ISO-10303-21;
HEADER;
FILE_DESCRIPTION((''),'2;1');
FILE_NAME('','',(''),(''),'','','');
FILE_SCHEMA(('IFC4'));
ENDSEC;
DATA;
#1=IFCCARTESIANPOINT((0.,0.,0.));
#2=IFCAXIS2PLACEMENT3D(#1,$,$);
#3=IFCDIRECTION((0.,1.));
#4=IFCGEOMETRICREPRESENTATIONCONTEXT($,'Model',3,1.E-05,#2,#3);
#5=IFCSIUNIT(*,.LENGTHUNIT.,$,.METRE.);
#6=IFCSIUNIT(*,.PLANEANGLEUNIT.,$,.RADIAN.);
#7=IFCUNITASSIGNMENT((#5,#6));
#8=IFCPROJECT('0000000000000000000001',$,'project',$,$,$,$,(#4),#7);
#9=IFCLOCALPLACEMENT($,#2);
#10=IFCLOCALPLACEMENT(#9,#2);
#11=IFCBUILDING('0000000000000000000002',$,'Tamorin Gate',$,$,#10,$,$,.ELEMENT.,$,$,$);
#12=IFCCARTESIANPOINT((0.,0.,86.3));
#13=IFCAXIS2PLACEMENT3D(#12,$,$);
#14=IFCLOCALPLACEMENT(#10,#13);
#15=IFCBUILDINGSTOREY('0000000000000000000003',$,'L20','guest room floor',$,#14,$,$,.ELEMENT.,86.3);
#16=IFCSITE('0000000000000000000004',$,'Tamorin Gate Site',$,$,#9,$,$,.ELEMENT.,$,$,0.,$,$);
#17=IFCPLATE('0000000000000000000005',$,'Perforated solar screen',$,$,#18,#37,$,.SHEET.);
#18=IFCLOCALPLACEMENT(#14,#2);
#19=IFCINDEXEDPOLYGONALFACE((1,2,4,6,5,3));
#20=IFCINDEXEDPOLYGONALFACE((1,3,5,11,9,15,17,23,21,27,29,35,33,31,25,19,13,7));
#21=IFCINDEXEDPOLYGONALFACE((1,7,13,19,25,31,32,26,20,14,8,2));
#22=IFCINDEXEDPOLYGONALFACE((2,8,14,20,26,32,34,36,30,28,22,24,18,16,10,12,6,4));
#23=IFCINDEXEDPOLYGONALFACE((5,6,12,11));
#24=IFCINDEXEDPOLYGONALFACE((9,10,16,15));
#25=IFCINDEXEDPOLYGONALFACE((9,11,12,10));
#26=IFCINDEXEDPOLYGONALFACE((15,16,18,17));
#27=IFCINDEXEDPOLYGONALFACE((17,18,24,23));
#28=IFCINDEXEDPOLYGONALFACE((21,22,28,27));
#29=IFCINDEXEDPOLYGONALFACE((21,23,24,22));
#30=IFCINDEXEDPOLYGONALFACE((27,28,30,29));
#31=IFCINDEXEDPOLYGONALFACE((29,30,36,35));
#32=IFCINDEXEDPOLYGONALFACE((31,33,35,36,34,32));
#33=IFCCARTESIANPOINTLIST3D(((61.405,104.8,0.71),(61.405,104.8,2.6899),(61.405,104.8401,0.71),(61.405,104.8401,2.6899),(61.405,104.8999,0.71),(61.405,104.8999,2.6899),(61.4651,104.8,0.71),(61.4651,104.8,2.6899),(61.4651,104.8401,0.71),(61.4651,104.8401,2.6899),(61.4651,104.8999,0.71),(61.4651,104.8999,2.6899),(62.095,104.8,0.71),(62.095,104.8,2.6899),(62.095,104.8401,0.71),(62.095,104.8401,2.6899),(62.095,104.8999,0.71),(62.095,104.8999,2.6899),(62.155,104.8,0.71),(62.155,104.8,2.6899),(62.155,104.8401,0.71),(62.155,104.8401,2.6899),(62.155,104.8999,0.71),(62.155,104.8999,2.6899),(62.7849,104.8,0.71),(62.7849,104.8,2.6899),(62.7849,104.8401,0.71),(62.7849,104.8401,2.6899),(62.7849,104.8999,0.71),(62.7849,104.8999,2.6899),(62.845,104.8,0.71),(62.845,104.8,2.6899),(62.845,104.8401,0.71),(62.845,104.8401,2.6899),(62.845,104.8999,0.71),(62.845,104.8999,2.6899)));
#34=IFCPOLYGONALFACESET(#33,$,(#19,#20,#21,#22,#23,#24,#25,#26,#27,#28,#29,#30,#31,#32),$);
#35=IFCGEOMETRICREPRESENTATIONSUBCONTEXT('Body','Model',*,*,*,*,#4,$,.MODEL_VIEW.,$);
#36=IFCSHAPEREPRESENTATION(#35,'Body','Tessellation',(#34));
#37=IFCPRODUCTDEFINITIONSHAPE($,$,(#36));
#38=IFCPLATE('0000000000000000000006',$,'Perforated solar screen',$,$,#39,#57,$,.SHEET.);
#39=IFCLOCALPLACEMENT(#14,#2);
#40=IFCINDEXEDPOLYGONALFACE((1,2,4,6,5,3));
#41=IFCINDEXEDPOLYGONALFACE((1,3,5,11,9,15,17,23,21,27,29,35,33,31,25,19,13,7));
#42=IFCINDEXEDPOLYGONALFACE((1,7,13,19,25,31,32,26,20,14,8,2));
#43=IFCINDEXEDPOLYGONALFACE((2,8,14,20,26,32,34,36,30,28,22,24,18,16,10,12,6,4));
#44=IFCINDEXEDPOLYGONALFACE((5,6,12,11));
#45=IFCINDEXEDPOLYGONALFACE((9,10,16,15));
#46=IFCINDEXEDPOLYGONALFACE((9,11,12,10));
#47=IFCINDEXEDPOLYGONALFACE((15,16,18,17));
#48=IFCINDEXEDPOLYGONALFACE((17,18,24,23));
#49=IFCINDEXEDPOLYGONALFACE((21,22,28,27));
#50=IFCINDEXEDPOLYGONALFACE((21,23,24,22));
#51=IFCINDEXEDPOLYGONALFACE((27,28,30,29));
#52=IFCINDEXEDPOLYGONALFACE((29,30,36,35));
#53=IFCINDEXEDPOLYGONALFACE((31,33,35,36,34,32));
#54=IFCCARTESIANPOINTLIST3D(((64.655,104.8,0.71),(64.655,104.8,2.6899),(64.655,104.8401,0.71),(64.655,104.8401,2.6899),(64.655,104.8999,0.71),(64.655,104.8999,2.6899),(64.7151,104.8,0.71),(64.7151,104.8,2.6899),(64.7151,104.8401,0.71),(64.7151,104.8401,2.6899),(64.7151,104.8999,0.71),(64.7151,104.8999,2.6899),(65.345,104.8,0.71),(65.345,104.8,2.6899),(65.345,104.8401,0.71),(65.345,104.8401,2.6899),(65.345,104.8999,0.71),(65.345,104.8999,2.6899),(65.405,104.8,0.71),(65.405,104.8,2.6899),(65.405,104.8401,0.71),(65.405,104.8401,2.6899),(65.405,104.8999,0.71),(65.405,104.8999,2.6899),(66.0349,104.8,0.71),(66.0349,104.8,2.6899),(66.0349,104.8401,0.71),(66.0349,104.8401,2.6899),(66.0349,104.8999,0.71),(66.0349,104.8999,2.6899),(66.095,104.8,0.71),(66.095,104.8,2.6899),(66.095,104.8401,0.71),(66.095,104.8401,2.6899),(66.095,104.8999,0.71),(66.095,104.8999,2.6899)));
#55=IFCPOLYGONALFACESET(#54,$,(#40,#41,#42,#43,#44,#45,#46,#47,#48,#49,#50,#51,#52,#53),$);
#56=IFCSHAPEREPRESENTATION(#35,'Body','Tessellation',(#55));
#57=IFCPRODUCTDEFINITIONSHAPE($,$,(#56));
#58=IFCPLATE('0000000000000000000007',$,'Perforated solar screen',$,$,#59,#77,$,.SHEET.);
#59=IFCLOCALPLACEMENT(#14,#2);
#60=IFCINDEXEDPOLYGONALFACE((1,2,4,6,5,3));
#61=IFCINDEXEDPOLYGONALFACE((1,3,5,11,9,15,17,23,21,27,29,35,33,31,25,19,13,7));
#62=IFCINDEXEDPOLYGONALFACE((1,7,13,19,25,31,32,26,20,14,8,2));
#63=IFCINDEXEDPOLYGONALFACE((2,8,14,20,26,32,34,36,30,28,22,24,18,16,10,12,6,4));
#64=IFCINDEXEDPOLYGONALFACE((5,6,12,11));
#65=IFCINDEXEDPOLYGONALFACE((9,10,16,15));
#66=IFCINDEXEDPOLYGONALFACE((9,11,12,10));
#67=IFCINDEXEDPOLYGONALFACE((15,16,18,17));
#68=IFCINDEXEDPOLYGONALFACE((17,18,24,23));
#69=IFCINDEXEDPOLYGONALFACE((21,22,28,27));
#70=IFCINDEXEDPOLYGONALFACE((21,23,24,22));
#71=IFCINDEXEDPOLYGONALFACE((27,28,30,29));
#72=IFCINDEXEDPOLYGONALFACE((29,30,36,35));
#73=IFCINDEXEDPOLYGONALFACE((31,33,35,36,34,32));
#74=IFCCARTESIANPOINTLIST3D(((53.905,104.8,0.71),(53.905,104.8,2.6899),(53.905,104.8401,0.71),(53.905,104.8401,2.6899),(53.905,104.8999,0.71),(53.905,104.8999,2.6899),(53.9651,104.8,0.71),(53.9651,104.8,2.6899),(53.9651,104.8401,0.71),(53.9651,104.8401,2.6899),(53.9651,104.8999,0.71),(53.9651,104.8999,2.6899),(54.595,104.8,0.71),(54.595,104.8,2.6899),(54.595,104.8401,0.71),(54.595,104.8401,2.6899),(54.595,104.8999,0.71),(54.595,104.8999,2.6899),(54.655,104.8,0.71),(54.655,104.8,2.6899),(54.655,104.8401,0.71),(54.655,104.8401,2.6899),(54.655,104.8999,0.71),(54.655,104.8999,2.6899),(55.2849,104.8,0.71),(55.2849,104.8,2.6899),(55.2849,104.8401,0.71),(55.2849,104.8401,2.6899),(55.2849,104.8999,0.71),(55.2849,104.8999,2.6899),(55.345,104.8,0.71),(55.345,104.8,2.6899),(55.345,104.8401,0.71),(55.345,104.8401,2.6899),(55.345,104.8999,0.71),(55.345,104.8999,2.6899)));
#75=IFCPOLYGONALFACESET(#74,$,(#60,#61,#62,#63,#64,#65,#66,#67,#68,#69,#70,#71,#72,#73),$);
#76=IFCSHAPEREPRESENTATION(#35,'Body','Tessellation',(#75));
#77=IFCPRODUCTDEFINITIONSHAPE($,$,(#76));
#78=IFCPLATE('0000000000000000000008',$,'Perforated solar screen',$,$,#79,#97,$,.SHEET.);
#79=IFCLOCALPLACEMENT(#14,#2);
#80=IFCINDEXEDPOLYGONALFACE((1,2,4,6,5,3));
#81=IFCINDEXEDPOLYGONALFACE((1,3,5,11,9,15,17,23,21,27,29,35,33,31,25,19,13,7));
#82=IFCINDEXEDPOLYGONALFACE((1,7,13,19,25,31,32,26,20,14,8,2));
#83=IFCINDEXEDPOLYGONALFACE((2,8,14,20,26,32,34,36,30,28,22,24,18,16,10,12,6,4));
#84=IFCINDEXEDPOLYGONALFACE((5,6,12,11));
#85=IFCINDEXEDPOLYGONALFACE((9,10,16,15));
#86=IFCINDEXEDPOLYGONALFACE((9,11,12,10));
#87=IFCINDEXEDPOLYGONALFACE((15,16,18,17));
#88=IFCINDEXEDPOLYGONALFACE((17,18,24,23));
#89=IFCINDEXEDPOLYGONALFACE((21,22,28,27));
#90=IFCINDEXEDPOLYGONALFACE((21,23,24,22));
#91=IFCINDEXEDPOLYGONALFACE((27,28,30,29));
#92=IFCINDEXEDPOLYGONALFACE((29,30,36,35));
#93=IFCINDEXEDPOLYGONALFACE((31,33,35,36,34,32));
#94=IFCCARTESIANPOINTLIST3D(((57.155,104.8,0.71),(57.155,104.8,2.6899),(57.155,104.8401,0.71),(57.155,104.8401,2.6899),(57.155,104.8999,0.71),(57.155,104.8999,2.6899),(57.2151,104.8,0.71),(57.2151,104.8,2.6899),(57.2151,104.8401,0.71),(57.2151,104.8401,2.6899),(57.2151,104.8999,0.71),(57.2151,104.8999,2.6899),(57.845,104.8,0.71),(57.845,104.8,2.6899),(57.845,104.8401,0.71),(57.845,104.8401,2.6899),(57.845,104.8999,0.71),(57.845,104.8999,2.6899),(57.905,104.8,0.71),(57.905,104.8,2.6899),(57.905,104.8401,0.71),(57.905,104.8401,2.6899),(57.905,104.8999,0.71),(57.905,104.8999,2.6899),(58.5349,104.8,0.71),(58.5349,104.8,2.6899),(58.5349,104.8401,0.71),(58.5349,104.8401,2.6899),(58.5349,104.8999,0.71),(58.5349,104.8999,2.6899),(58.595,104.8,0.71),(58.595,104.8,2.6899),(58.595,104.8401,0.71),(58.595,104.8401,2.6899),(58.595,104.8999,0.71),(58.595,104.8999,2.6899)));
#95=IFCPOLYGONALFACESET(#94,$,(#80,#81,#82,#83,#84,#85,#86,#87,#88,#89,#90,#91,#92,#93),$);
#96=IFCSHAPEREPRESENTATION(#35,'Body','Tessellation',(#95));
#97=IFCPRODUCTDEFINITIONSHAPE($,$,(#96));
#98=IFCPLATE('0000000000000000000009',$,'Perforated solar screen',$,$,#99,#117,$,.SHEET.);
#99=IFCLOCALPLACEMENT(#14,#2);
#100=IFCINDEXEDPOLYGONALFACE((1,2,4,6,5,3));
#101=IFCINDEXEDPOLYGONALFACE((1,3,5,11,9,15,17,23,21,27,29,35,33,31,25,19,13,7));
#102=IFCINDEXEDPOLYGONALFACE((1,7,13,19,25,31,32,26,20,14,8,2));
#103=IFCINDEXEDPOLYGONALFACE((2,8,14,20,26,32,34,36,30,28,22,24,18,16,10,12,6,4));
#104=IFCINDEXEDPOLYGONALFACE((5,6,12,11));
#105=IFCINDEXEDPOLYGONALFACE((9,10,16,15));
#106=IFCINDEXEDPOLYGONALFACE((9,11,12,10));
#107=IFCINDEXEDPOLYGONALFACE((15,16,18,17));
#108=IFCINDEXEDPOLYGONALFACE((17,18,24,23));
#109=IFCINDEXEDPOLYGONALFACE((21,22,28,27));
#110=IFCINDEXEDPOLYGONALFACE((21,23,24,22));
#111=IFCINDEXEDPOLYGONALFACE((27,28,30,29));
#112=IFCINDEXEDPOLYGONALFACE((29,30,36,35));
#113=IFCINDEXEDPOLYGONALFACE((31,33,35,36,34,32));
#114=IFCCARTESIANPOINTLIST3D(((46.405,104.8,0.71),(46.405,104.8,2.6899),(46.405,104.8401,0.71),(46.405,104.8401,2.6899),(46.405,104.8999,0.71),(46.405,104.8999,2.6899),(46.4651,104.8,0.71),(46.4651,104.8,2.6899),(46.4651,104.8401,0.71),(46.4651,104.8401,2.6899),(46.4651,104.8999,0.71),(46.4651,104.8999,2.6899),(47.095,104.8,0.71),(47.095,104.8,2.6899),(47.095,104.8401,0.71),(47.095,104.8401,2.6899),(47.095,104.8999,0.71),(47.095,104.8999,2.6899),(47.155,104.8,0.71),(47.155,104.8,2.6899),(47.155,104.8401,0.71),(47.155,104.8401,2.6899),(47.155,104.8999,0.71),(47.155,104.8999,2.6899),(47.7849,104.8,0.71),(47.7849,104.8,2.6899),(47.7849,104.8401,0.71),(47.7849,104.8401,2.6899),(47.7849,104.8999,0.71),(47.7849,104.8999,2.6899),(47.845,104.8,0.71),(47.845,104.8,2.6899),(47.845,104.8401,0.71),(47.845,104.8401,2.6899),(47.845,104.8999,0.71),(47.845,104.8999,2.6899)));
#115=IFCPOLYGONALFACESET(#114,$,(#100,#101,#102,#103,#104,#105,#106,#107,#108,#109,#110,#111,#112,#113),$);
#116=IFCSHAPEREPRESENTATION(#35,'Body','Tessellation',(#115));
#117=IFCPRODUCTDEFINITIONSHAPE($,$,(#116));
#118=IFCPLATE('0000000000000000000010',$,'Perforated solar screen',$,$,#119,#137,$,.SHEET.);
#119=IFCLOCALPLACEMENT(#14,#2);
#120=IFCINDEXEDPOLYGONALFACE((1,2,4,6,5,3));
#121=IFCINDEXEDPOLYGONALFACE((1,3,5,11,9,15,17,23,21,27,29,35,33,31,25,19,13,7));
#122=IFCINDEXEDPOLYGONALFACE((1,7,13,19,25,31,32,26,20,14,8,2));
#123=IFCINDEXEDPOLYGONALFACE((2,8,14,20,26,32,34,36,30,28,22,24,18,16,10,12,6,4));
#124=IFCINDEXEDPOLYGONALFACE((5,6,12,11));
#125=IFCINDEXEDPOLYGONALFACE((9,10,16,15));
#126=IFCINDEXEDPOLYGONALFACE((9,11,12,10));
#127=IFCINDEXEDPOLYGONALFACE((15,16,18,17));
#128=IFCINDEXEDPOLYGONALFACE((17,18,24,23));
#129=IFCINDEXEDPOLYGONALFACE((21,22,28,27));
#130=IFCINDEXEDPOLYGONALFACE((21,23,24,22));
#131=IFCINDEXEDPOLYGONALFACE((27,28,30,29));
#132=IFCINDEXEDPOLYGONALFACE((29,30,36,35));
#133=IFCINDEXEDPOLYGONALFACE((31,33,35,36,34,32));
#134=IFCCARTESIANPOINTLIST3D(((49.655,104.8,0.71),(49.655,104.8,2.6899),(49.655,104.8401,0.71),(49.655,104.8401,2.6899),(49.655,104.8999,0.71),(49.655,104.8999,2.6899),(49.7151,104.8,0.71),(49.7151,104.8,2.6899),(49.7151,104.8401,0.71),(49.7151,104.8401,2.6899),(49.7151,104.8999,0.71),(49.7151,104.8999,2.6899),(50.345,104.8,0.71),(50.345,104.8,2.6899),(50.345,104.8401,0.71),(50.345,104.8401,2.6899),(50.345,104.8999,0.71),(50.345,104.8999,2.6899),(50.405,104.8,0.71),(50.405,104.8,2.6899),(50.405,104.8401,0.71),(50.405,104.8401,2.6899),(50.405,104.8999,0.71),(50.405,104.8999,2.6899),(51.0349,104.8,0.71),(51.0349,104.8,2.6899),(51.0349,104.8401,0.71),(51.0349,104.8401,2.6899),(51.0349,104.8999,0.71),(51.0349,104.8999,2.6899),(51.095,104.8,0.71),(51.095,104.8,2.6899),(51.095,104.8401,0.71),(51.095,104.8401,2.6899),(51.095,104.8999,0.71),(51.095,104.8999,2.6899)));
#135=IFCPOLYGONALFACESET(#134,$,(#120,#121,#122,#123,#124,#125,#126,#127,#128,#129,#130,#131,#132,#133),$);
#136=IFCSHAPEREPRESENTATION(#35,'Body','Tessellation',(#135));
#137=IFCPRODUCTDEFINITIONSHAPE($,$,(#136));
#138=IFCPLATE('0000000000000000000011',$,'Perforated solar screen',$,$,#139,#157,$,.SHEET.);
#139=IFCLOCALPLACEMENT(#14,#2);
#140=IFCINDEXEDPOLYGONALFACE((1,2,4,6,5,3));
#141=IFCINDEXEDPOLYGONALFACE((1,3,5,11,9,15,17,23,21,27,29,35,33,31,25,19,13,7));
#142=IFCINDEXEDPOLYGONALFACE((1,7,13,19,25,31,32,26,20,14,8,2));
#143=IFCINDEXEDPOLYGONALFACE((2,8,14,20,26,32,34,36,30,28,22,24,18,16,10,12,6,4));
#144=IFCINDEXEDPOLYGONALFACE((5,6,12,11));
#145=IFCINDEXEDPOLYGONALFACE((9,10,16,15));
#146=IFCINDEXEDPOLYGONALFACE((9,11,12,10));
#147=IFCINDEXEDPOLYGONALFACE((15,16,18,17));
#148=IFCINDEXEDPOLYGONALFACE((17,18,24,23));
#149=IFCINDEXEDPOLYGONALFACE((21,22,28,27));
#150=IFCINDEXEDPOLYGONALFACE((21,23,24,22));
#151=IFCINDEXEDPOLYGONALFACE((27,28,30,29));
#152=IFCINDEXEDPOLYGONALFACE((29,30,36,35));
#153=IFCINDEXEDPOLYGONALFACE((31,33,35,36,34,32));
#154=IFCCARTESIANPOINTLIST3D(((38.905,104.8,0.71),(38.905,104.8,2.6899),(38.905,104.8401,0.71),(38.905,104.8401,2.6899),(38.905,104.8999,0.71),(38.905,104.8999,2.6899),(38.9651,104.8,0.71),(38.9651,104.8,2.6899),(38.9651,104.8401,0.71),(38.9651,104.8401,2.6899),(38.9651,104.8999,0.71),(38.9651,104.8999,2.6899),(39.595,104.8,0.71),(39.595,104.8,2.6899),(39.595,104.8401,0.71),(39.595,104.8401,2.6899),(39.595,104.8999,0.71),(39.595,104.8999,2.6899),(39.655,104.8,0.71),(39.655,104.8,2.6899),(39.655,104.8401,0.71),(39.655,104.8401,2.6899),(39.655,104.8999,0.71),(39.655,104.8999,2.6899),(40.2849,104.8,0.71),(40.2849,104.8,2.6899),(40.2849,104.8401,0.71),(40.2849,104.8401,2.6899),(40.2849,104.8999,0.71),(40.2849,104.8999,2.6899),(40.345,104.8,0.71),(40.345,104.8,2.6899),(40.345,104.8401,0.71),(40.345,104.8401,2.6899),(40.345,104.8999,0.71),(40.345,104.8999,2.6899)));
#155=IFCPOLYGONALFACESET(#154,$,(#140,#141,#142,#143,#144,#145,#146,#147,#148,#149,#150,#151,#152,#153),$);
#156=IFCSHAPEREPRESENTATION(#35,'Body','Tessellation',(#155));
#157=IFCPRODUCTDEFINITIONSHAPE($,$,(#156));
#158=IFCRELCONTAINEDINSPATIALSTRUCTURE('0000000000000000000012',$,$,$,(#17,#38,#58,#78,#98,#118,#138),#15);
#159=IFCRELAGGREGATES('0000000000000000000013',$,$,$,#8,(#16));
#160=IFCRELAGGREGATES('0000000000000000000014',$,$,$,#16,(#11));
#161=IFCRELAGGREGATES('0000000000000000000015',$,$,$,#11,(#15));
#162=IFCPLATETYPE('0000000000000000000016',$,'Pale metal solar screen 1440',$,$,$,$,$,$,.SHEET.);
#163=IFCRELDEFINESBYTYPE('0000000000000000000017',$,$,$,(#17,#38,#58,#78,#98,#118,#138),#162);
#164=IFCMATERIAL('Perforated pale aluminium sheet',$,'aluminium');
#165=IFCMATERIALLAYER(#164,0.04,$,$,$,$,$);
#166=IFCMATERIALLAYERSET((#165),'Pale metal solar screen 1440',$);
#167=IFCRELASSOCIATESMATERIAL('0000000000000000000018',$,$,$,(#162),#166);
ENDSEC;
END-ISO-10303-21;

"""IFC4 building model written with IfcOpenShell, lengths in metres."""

from ifc_helpers import new_model, si_unit, direction, frame, origin, place, context, subcontext, project, spatial, polyline, outline, extrude, material, layer, layer_set, type_object, element, save


model = new_model("IFC4")

# Units and contexts
model_context = context("Model", 3, precision=1e-05, world=origin(), true_north=direction((0.0, 1.0)))
body_context = subcontext(model_context, "Body", "Model", "MODEL_VIEW")
ifc_project = project(units=[si_unit("LENGTHUNIT", "METRE"), si_unit("PLANEANGLEUNIT", "RADIAN")], contexts=[model_context])

# Site, building, storey
site_placement = place(None, origin())
site = spatial("IfcSite", under=ifc_project, at=site_placement, Name="Tamorin Gate Site", CompositionType="ELEMENT", RefElevation=0.0)
building_placement = place(site_placement, origin())
building = spatial("IfcBuilding", under=site, at=building_placement, Name="Tamorin Gate", CompositionType="ELEMENT")
storey_placement = place(building_placement, frame((0.0, 0.0, 86.3)))
storey = spatial("IfcBuildingStorey", under=building, at=storey_placement, Name="L20", Description="guest room floor", CompositionType="ELEMENT", Elevation=86.3)

# Plates
ifc_material = material(Name="Perforated pale aluminium sheet", Category="aluminium")
ifc_layer = layer(ifc_material, 0.04)
ifc_layer_set = layer_set([ifc_layer], Name="Pale metal solar screen 1440")
plate_type = type_object("IfcPlateType", Name="Pale metal solar screen 1440", PredefinedType="SHEET", material=ifc_layer_set)
plate_1_placement = place(storey_placement, frame((0.0, 0.0, 0.71)))
element("IfcPlate", 1, at=plate_1_placement, inside=storey, type_object=plate_type, Name="Perforated solar screen", PredefinedType="SHEET", context=body_context, shape_type="SweptSolid", body=[
    extrude(outline(polyline([(62.845, 104.8401), (62.845, 104.8), (62.7849, 104.8), (62.155, 104.8), (62.095, 104.8), (61.4651, 104.8), (61.405, 104.8), (61.405, 104.8401), (61.405, 104.8999), (61.4651, 104.8999), (61.4651, 104.8401), (62.095, 104.8401), (62.095, 104.8999), (62.155, 104.8999), (62.155, 104.8401), (62.7849, 104.8401), (62.7849, 104.8999), (62.845, 104.8999), (62.845, 104.8401)])), origin(), (0.0, 0.0, 1.0), 1.98),
])
plate_2_placement = place(storey_placement, frame((0.0, 0.0, 0.71)))
element("IfcPlate", 2, at=plate_2_placement, inside=storey, type_object=plate_type, Name="Perforated solar screen", PredefinedType="SHEET", context=body_context, shape_type="SweptSolid", body=[
    extrude(outline(polyline([(66.095, 104.8401), (66.095, 104.8), (66.0349, 104.8), (65.405, 104.8), (65.345, 104.8), (64.7151, 104.8), (64.655, 104.8), (64.655, 104.8401), (64.655, 104.8999), (64.7151, 104.8999), (64.7151, 104.8401), (65.345, 104.8401), (65.345, 104.8999), (65.405, 104.8999), (65.405, 104.8401), (66.0349, 104.8401), (66.0349, 104.8999), (66.095, 104.8999), (66.095, 104.8401)])), origin(), (0.0, 0.0, 1.0), 1.98),
])
plate_3_placement = place(storey_placement, frame((0.0, 0.0, 0.71)))
element("IfcPlate", 3, at=plate_3_placement, inside=storey, type_object=plate_type, Name="Perforated solar screen", PredefinedType="SHEET", context=body_context, shape_type="SweptSolid", body=[
    extrude(outline(polyline([(55.345, 104.8401), (55.345, 104.8), (55.2849, 104.8), (54.655, 104.8), (54.595, 104.8), (53.9651, 104.8), (53.905, 104.8), (53.905, 104.8401), (53.905, 104.8999), (53.9651, 104.8999), (53.9651, 104.8401), (54.595, 104.8401), (54.595, 104.8999), (54.655, 104.8999), (54.655, 104.8401), (55.2849, 104.8401), (55.2849, 104.8999), (55.345, 104.8999), (55.345, 104.8401)])), origin(), (0.0, 0.0, 1.0), 1.98),
])
plate_4_placement = place(storey_placement, frame((0.0, 0.0, 0.71)))
element("IfcPlate", 4, at=plate_4_placement, inside=storey, type_object=plate_type, Name="Perforated solar screen", PredefinedType="SHEET", context=body_context, shape_type="SweptSolid", body=[
    extrude(outline(polyline([(58.595, 104.8401), (58.595, 104.8), (58.5349, 104.8), (57.905, 104.8), (57.845, 104.8), (57.2151, 104.8), (57.155, 104.8), (57.155, 104.8401), (57.155, 104.8999), (57.2151, 104.8999), (57.2151, 104.8401), (57.845, 104.8401), (57.845, 104.8999), (57.905, 104.8999), (57.905, 104.8401), (58.5349, 104.8401), (58.5349, 104.8999), (58.595, 104.8999), (58.595, 104.8401)])), origin(), (0.0, 0.0, 1.0), 1.98),
])
plate_5_placement = place(storey_placement, frame((0.0, 0.0, 0.71)))
element("IfcPlate", 5, at=plate_5_placement, inside=storey, type_object=plate_type, Name="Perforated solar screen", PredefinedType="SHEET", context=body_context, shape_type="SweptSolid", body=[
    extrude(outline(polyline([(47.845, 104.8401), (47.845, 104.8), (47.7849, 104.8), (47.155, 104.8), (47.095, 104.8), (46.4651, 104.8), (46.405, 104.8), (46.405, 104.8401), (46.405, 104.8999), (46.4651, 104.8999), (46.4651, 104.8401), (47.095, 104.8401), (47.095, 104.8999), (47.155, 104.8999), (47.155, 104.8401), (47.7849, 104.8401), (47.7849, 104.8999), (47.845, 104.8999), (47.845, 104.8401)])), origin(), (0.0, 0.0, 1.0), 1.98),
])
plate_6_placement = place(storey_placement, frame((0.0, 0.0, 0.71)))
element("IfcPlate", 6, at=plate_6_placement, inside=storey, type_object=plate_type, Name="Perforated solar screen", PredefinedType="SHEET", context=body_context, shape_type="SweptSolid", body=[
    extrude(outline(polyline([(51.095, 104.8401), (51.095, 104.8), (51.0349, 104.8), (50.405, 104.8), (50.345, 104.8), (49.7151, 104.8), (49.655, 104.8), (49.655, 104.8401), (49.655, 104.8999), (49.7151, 104.8999), (49.7151, 104.8401), (50.345, 104.8401), (50.345, 104.8999), (50.405, 104.8999), (50.405, 104.8401), (51.0349, 104.8401), (51.0349, 104.8999), (51.095, 104.8999), (51.095, 104.8401)])), origin(), (0.0, 0.0, 1.0), 1.98),
])
plate_7_placement = place(storey_placement, frame((0.0, 0.0, 0.71)))
element("IfcPlate", 7, at=plate_7_placement, inside=storey, type_object=plate_type, Name="Perforated solar screen", PredefinedType="SHEET", context=body_context, shape_type="SweptSolid", body=[
    extrude(outline(polyline([(40.345, 104.8401), (40.345, 104.8), (40.2849, 104.8), (39.655, 104.8), (39.595, 104.8), (38.9651, 104.8), (38.905, 104.8), (38.905, 104.8401), (38.905, 104.8999), (38.9651, 104.8999), (38.9651, 104.8401), (39.595, 104.8401), (39.595, 104.8999), (39.655, 104.8999), (39.655, 104.8401), (40.2849, 104.8401), (40.2849, 104.8999), (40.345, 104.8999), (40.345, 104.8401)])), origin(), (0.0, 0.0, 1.0), 1.98),
])

save(model, "model.ifc")
